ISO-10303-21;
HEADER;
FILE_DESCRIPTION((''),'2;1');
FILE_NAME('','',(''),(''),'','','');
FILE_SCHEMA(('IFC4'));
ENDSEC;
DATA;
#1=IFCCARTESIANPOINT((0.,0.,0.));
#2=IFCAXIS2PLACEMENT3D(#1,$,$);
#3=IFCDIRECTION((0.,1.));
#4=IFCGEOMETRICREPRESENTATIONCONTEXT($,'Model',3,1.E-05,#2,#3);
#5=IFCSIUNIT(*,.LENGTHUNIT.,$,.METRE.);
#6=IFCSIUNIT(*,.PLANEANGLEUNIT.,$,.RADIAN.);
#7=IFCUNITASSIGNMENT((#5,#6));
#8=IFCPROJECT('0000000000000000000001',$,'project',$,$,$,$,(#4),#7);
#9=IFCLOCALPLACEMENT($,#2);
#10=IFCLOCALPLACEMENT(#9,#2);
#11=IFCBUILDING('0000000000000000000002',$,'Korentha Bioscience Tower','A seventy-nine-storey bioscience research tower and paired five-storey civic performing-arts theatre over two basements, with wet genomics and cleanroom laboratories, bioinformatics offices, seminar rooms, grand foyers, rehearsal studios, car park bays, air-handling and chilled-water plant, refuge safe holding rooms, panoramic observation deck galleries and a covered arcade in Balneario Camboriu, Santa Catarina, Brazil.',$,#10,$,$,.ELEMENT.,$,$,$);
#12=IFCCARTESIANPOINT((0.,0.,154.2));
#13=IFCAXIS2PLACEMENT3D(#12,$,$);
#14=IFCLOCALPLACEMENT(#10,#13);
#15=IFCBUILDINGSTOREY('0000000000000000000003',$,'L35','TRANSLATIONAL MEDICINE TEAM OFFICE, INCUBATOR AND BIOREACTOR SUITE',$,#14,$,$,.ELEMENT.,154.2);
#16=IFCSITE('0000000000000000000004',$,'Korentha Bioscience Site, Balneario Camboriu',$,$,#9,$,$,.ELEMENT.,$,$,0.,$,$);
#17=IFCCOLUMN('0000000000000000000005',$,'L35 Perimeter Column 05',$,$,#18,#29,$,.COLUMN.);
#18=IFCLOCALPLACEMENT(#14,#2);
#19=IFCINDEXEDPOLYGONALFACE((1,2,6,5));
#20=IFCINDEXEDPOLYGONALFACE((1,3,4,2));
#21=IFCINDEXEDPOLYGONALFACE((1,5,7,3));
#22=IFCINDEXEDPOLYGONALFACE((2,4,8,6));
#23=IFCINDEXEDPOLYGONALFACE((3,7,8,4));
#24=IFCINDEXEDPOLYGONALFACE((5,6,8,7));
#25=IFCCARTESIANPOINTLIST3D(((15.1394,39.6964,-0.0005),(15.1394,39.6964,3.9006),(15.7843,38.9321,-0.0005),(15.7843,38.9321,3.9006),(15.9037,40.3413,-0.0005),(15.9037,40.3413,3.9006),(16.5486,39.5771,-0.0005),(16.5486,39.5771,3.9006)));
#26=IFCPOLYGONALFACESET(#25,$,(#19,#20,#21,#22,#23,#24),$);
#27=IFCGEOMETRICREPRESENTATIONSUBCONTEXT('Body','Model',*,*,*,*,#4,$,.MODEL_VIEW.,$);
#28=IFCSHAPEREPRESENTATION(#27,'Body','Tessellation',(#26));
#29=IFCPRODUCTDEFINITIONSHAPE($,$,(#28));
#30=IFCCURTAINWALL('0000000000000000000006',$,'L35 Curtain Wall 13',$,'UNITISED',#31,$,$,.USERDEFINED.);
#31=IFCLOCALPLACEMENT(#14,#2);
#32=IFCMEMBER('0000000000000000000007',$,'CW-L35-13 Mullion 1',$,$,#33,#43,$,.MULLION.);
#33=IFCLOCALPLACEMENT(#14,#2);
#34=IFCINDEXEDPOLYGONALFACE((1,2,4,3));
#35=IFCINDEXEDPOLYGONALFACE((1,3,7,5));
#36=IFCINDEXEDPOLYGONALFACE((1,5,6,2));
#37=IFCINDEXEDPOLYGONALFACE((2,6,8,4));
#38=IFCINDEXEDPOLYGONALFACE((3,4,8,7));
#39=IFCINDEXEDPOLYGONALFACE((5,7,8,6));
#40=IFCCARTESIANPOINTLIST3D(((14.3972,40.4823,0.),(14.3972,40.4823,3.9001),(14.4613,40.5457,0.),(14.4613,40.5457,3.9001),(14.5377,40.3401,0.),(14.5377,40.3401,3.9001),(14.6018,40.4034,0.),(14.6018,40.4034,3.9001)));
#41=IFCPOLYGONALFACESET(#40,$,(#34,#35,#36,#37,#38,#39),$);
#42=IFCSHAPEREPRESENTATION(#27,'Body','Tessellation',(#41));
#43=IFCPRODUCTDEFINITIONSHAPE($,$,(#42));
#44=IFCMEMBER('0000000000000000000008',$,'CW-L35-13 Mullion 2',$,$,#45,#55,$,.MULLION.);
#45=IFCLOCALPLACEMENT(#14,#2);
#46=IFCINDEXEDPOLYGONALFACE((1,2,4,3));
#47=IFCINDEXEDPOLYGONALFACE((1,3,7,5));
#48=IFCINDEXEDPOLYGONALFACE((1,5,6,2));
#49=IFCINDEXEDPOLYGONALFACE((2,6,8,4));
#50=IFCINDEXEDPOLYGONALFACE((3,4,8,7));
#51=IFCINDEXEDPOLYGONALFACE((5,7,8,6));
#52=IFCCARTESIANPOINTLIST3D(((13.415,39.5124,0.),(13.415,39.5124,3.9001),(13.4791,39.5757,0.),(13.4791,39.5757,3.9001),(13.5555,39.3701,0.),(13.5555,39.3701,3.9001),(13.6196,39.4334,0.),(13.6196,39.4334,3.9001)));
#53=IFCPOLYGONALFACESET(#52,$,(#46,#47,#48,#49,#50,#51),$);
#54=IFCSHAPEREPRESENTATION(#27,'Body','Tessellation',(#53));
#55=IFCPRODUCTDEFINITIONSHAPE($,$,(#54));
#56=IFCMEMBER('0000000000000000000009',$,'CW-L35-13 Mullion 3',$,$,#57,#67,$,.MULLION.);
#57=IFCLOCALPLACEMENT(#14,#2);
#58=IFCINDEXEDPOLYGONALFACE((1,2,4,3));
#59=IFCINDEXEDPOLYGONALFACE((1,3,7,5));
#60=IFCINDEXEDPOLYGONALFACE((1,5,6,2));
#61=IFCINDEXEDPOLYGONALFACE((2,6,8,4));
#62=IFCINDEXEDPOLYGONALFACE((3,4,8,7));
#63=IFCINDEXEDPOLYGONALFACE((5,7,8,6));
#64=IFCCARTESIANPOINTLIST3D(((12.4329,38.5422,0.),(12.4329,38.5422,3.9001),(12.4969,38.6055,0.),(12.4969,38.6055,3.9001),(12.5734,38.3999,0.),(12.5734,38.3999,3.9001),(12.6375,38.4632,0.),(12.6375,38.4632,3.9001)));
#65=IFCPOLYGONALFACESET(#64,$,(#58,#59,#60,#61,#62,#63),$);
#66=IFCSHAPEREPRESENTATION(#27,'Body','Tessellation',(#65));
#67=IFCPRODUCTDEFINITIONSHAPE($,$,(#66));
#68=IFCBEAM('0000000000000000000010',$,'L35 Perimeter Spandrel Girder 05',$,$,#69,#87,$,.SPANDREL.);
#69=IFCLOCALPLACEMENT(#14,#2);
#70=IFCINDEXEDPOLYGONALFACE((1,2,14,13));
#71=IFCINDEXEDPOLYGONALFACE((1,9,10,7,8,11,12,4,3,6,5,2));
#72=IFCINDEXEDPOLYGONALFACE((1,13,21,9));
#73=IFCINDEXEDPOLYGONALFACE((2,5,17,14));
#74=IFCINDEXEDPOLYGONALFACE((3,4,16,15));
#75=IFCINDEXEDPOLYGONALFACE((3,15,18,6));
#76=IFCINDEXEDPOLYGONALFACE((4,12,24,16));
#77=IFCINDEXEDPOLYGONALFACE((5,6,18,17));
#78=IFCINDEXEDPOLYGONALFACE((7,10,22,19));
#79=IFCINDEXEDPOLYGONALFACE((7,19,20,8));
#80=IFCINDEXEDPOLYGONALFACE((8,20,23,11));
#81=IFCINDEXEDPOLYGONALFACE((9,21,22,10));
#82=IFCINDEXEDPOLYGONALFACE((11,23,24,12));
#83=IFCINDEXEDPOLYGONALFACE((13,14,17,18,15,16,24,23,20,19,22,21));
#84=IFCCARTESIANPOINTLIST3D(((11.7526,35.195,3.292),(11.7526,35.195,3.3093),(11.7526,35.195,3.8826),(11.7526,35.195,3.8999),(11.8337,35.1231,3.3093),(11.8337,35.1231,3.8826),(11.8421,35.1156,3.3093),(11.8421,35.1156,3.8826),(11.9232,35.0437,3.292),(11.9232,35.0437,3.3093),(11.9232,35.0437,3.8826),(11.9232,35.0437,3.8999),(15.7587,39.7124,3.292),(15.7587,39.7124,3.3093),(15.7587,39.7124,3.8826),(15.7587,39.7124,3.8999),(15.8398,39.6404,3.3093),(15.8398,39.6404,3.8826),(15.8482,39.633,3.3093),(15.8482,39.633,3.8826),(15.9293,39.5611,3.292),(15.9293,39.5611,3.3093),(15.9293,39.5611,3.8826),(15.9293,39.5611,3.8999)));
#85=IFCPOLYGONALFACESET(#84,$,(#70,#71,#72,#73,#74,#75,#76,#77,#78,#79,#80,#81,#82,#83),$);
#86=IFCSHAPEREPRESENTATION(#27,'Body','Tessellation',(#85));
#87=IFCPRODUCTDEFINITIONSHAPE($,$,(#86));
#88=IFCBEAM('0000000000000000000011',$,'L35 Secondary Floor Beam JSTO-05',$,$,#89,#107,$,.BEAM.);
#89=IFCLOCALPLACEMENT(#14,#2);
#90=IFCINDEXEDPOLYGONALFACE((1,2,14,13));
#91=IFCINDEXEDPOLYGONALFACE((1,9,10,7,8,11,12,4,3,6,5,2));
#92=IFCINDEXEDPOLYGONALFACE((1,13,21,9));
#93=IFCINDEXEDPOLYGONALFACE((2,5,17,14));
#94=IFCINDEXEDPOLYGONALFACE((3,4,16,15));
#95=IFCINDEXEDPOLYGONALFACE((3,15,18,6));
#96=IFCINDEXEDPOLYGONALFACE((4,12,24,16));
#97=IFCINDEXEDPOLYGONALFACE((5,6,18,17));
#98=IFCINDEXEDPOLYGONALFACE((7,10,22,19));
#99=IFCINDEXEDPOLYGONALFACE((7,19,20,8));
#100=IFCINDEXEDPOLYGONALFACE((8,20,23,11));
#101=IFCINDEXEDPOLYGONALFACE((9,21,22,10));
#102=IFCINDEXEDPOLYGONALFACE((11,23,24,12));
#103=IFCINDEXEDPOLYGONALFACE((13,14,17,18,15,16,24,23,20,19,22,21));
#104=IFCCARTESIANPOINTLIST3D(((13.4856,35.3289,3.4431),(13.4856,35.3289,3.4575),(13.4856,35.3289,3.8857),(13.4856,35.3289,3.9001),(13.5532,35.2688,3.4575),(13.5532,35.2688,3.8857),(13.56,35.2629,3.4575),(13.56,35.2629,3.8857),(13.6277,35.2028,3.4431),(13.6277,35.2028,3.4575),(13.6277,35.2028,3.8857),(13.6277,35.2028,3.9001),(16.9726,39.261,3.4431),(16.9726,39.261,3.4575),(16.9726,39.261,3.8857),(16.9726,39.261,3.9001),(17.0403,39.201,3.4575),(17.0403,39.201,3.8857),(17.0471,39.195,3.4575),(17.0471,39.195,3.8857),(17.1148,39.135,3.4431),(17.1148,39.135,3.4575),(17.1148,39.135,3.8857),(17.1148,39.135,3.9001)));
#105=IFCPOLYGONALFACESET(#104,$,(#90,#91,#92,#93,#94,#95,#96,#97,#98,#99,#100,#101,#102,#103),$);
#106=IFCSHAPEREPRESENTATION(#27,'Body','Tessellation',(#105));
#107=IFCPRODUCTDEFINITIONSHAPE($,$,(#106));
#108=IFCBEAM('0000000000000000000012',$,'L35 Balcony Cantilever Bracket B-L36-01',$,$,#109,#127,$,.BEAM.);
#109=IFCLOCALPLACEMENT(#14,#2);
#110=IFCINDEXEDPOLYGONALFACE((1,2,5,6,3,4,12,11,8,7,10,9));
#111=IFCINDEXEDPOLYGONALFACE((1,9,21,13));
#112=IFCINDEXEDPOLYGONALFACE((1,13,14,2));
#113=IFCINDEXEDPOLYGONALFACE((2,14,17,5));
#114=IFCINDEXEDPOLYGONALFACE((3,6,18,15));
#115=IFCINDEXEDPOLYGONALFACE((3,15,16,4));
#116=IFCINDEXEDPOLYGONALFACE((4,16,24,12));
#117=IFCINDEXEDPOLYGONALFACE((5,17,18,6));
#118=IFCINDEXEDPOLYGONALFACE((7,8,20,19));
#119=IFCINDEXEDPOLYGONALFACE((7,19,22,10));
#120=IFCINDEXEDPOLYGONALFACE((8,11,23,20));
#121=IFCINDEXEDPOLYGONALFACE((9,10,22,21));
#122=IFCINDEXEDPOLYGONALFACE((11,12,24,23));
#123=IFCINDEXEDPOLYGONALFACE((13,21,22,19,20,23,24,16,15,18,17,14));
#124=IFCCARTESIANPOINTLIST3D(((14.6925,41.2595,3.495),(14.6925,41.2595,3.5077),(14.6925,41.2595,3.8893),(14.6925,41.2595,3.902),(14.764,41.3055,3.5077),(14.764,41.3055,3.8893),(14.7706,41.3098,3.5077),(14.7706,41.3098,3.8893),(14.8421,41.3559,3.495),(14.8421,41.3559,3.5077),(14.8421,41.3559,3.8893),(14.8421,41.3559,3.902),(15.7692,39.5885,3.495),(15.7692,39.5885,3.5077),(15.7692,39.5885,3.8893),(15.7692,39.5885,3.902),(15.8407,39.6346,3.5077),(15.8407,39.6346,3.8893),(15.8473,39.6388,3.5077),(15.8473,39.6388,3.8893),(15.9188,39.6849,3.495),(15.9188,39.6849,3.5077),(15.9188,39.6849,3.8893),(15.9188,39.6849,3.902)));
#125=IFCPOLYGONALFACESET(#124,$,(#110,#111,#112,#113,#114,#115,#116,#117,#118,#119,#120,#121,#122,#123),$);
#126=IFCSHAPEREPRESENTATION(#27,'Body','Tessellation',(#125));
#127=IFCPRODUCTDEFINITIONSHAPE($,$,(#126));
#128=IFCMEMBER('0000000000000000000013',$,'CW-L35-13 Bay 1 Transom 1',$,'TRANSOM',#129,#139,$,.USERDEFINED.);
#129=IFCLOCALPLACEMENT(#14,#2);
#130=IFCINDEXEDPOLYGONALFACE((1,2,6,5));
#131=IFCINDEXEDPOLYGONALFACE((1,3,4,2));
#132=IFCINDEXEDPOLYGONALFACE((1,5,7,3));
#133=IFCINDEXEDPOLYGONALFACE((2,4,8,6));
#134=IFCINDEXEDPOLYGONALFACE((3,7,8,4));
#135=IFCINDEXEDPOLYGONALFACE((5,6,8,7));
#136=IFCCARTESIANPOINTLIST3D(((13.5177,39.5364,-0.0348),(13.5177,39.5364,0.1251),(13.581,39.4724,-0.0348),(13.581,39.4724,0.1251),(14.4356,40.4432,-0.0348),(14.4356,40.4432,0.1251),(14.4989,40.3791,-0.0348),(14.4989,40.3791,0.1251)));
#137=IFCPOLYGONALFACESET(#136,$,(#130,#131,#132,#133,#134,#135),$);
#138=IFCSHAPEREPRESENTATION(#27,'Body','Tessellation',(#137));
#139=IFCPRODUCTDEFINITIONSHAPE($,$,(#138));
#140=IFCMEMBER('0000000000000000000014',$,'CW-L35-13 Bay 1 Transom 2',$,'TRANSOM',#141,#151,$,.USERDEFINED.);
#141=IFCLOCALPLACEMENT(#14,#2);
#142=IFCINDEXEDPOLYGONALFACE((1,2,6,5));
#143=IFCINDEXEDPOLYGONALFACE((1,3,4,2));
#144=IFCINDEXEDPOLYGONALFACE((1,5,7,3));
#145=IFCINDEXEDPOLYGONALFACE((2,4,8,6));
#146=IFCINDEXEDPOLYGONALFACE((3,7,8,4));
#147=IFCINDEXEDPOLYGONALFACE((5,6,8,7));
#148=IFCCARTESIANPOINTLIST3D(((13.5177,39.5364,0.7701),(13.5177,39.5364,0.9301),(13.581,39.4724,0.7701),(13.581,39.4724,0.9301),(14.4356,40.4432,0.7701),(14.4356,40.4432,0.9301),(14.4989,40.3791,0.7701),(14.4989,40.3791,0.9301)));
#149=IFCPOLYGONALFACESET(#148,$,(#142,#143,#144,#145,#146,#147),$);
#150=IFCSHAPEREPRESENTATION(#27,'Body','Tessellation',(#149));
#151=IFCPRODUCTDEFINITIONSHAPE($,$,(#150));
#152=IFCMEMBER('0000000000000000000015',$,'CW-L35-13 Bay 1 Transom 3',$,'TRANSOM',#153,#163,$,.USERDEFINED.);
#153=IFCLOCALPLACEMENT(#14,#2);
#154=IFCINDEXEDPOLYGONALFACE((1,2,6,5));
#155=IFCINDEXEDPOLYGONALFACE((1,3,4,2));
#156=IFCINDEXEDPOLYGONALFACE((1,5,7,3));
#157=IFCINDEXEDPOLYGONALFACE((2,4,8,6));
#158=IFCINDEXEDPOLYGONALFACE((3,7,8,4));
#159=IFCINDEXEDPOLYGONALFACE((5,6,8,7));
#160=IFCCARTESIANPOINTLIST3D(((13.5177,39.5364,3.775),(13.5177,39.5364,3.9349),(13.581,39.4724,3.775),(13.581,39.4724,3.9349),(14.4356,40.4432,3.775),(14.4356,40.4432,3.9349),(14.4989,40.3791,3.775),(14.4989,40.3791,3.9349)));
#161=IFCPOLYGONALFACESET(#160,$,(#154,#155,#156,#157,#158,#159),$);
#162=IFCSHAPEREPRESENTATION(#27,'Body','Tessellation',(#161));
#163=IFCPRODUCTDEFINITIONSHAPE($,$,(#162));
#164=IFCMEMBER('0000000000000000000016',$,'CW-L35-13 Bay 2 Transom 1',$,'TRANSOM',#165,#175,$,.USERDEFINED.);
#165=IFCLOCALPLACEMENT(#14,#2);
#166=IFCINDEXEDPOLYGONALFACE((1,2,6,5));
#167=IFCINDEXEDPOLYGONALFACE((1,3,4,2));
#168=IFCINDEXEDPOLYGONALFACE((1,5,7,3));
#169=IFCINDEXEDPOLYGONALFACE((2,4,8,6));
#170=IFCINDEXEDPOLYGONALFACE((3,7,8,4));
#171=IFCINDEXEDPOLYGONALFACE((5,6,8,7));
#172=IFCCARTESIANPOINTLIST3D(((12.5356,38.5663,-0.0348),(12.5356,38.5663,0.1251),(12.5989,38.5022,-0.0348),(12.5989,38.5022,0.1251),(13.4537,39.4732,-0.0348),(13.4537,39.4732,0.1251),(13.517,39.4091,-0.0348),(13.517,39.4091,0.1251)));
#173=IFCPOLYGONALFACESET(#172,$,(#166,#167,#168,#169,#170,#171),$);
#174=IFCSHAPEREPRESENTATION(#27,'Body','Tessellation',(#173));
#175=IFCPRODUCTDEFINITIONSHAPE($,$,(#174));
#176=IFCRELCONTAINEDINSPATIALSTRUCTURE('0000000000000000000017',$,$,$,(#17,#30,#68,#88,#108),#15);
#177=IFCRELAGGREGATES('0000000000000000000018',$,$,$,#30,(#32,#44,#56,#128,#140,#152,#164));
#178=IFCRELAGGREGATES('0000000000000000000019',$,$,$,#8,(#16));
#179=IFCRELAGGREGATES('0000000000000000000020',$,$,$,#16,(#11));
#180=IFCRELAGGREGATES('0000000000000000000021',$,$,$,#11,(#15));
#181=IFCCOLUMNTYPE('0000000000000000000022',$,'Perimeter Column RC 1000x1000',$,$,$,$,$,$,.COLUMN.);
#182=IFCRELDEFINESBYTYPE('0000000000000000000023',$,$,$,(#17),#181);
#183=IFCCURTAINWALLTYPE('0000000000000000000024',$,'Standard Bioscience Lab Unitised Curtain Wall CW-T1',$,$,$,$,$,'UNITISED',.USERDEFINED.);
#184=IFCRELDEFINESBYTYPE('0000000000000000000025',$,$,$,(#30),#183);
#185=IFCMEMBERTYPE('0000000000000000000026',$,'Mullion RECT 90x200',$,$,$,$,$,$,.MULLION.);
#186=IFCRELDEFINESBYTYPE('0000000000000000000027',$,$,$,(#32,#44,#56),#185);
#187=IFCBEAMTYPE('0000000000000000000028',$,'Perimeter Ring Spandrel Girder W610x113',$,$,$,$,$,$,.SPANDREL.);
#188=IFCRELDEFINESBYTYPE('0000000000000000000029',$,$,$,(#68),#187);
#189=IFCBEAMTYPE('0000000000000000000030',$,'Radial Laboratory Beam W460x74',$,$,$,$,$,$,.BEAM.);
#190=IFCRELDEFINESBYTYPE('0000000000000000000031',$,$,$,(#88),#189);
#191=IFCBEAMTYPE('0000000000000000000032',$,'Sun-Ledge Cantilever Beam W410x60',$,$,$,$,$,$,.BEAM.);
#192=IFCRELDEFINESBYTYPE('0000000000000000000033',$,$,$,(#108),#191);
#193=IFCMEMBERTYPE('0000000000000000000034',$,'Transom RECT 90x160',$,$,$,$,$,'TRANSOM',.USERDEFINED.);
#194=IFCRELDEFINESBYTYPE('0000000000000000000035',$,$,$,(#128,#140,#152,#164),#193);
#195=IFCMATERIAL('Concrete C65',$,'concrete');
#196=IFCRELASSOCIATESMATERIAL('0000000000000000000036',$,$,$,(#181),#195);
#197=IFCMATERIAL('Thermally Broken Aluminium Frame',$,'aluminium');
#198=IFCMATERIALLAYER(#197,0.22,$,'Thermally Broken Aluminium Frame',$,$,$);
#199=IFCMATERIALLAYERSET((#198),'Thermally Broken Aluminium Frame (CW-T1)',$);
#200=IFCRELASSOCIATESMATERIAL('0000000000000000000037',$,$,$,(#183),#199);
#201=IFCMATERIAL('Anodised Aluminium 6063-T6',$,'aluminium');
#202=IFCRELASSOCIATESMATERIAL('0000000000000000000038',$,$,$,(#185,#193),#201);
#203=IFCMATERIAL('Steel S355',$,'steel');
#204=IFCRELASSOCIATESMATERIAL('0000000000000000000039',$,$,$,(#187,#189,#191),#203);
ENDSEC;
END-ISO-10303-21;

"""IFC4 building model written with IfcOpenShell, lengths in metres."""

from ifc_helpers import new_model, si_unit, direction, frame, origin, origin_2d, place, context, subcontext, project, spatial, rectangle, i_section, extrude, material, layer, layer_set, material_profile, profile_set, type_object, element, aggregate, save


model = new_model("IFC4")

# Units and contexts
model_context = context("Model", 3, precision=1e-05, world=origin(), true_north=direction((0.0, 1.0)))
body_context = subcontext(model_context, "Body", "Model", "MODEL_VIEW")
ifc_project = project(units=[si_unit("LENGTHUNIT", "METRE"), si_unit("PLANEANGLEUNIT", "RADIAN")], contexts=[model_context])

# Site, building, storey
site_placement = place(None, origin())
site = spatial("IfcSite", under=ifc_project, at=site_placement, Name="Korentha Bioscience Site, Balneario Camboriu", CompositionType="ELEMENT", RefElevation=0.0)
building_placement = place(site_placement, origin())
building = spatial("IfcBuilding", under=site, at=building_placement, Name="Korentha Bioscience Tower", Description="A seventy-nine-storey bioscience research tower and paired five-storey civic performing-arts theatre over two basements, with wet genomics and cleanroom laboratories, bioinformatics offices, seminar rooms, grand foyers, rehearsal studios, car park bays, air-handling and chilled-water plant, refuge safe holding rooms, panoramic observation deck galleries and a covered arcade in Balneario Camboriu, Santa Catarina, Brazil.", CompositionType="ELEMENT")
storey_placement = place(building_placement, frame((0.0, 0.0, 154.2)))
storey = spatial("IfcBuildingStorey", under=building, at=storey_placement, Name="L35", Description="TRANSLATIONAL MEDICINE TEAM OFFICE, INCUBATOR AND BIOREACTOR SUITE", CompositionType="ELEMENT", Elevation=154.2)

# Column
ifc_material_1 = material(Name="Concrete C65", Category="concrete")
ifc_material_profile_1 = material_profile(ifc_material_1, rectangle(XDim=1.0, YDim=1.0, at=origin_2d()), Name="Concrete C65")
ifc_profile_set_1 = profile_set([ifc_material_profile_1], Name="Concrete C65 (COL-P10)")
column_type = type_object("IfcColumnType", Name="Perimeter Column RC 1000x1000", PredefinedType="COLUMN", material=ifc_profile_set_1)
column_placement = place(storey_placement, frame((15.844, 39.6367, -0.0005), z_axis=(0.0, 0.0, 1.0), x_axis=(0.764246, 0.644924, 0.0)))
element("IfcColumn", 1, at=column_placement, inside=storey, type_object=column_type, Name="L35 Perimeter Column 05", PredefinedType="COLUMN", context=body_context, shape_type="SweptSolid", body=[
    extrude(rectangle(XDim=1.0, YDim=1.0, at=origin_2d()), origin(), (0.0, 0.0, 1.0), 3.9011),
])

# Curtain wall, members
ifc_material_2 = material(Name="Thermally Broken Aluminium Frame", Category="aluminium")
ifc_layer_1 = layer(ifc_material_2, 0.22, Name="Thermally Broken Aluminium Frame")
ifc_layer_set_1 = layer_set([ifc_layer_1], Name="Thermally Broken Aluminium Frame (CW-T1)")
curtain_wall_type = type_object("IfcCurtainWallType", Name="Standard Bioscience Lab Unitised Curtain Wall CW-T1", ElementType="UNITISED", PredefinedType="USERDEFINED", material=ifc_layer_set_1)
curtain_wall_placement = place(storey_placement, origin())
curtain_wall = element("IfcCurtainWall", 2, at=curtain_wall_placement, inside=storey, type_object=curtain_wall_type, Name="L35 Curtain Wall 13", ObjectType="UNITISED", PredefinedType="USERDEFINED")
ifc_material_3 = material(Name="Anodised Aluminium 6063-T6", Category="aluminium")
ifc_material_profile_2 = material_profile(ifc_material_3, rectangle(XDim=0.0901, YDim=0.2, at=origin_2d()), Name="Anodised Aluminium 6063-T6")
ifc_profile_set_2 = profile_set([ifc_material_profile_2], Name="Anodised Aluminium 6063-T6 (CW-MUL)")
member_type_1 = type_object("IfcMemberType", Name="Mullion RECT 90x200", PredefinedType="MULLION", material=ifc_profile_set_2)
member_1_placement = place(storey_placement, frame((14.4995, 40.4429, 0.0), z_axis=(0.0, 0.0, 1.0), x_axis=(-0.711461, -0.702726, 0.0)))
member_1 = element("IfcMember", 3, at=member_1_placement, type_object=member_type_1, Name="CW-L35-13 Mullion 1", PredefinedType="MULLION", context=body_context, shape_type="SweptSolid", body=[
    extrude(rectangle(XDim=0.0901, YDim=0.2, at=origin_2d()), origin(), (0.0, 0.0, 1.0), 3.9001),
])
member_2_placement = place(storey_placement, frame((13.5173, 39.4729, 0.0), z_axis=(0.0, 0.0, 1.0), x_axis=(-0.711461, -0.702726, 0.0)))
member_2 = element("IfcMember", 4, at=member_2_placement, type_object=member_type_1, Name="CW-L35-13 Mullion 2", PredefinedType="MULLION", context=body_context, shape_type="SweptSolid", body=[
    extrude(rectangle(XDim=0.0901, YDim=0.2, at=origin_2d()), origin(), (0.0, 0.0, 1.0), 3.9001),
])
member_3_placement = place(storey_placement, frame((12.5352, 38.5027, 0.0), z_axis=(0.0, 0.0, 1.0), x_axis=(-0.711461, -0.702726, 0.0)))
member_3 = element("IfcMember", 5, at=member_3_placement, type_object=member_type_1, Name="CW-L35-13 Mullion 3", PredefinedType="MULLION", context=body_context, shape_type="SweptSolid", body=[
    extrude(rectangle(XDim=0.0901, YDim=0.2, at=origin_2d()), origin(), (0.0, 0.0, 1.0), 3.9001),
])

# Beams
ifc_material_4 = material(Name="Steel S355", Category="steel")
ifc_material_profile_3 = material_profile(ifc_material_4, i_section(OverallWidth=0.228, OverallDepth=0.6079, WebThickness=0.0112, FlangeThickness=0.0173, at=origin_2d()), Name="Steel S355")
ifc_profile_set_3 = profile_set([ifc_material_profile_3], Name="Steel S355 (SB-610)")
beam_type_1 = type_object("IfcBeamType", Name="Perimeter Ring Spandrel Girder W610x113", PredefinedType="SPANDREL", material=ifc_profile_set_3)
beam_1_placement = place(storey_placement, frame((15.844, 39.6367, 3.5959), z_axis=(-0.663503, -0.748174, 0.0), x_axis=(0.748174, -0.663503, 0.0)))
element("IfcBeam", 6, at=beam_1_placement, inside=storey, type_object=beam_type_1, Name="L35 Perimeter Spandrel Girder 05", PredefinedType="SPANDREL", context=body_context, shape_type="SweptSolid", body=[
    extrude(i_section(OverallWidth=0.228, OverallDepth=0.6079, WebThickness=0.0112, FlangeThickness=0.0173, at=origin_2d()), origin(), (0.0, 0.0, 1.0), 6.0378),
])
ifc_material_profile_4 = material_profile(ifc_material_4, i_section(OverallWidth=0.1899, OverallDepth=0.457, WebThickness=0.009, FlangeThickness=0.0144, at=origin_2d()), Name="Steel S355")
ifc_profile_set_4 = profile_set([ifc_material_profile_4], Name="Steel S355 (RB-460)")
beam_type_2 = type_object("IfcBeamType", Name="Radial Laboratory Beam W460x74", PredefinedType="BEAM", material=ifc_profile_set_4)
beam_2_placement = place(storey_placement, frame((17.0437, 39.198, 3.6716), z_axis=(-0.663496, -0.74818, 0.0), x_axis=(0.74818, -0.663496, 0.0)))
element("IfcBeam", 7, at=beam_2_placement, inside=storey, type_object=beam_type_2, Name="L35 Secondary Floor Beam JSTO-05", PredefinedType="BEAM", context=body_context, shape_type="SweptSolid", body=[
    extrude(i_section(OverallWidth=0.1899, OverallDepth=0.457, WebThickness=0.009, FlangeThickness=0.0144, at=origin_2d()), origin(), (0.0, 0.0, 1.0), 5.2556),
])
ifc_material_profile_5 = material_profile(ifc_material_4, i_section(OverallWidth=0.178, OverallDepth=0.407, WebThickness=0.0078, FlangeThickness=0.0127, at=origin_2d()), Name="Steel S355")
ifc_profile_set_5 = profile_set([ifc_material_profile_5], Name="Steel S355 (CB-410)")
beam_type_3 = type_object("IfcBeamType", Name="Sun-Ledge Cantilever Beam W410x60", PredefinedType="BEAM", material=ifc_profile_set_5)
beam_3_placement = place(storey_placement, frame((15.844, 39.6367, 3.6985), z_axis=(-0.541651, 0.840603, 0.0), x_axis=(-0.840603, -0.541651, 0.0)))
element("IfcBeam", 8, at=beam_3_placement, inside=storey, type_object=beam_type_3, Name="L35 Balcony Cantilever Bracket B-L36-01", PredefinedType="BEAM", context=body_context, shape_type="SweptSolid", body=[
    extrude(i_section(OverallWidth=0.178, OverallDepth=0.407, WebThickness=0.0078, FlangeThickness=0.0127, at=origin_2d()), origin(), (0.0, 0.0, 1.0), 1.9878),
])

# Members
ifc_material_profile_6 = material_profile(ifc_material_3, rectangle(XDim=0.0901, YDim=0.1599, at=origin_2d()), Name="Anodised Aluminium 6063-T6")
ifc_profile_set_6 = profile_set([ifc_material_profile_6], Name="Anodised Aluminium 6063-T6 (CW-TRN)")
member_type_2 = type_object("IfcMemberType", Name="Transom RECT 90x160", ElementType="TRANSOM", PredefinedType="USERDEFINED", material=ifc_profile_set_6)
member_4_placement = place(storey_placement, frame((14.4673, 40.4111, 0.0452), z_axis=(-0.711445, -0.702741, 0.0), x_axis=(0.702741, -0.711445, 0.0)))
member_4 = element("IfcMember", 9, at=member_4_placement, type_object=member_type_2, Name="CW-L35-13 Bay 1 Transom 1", ObjectType="TRANSOM", PredefinedType="USERDEFINED", context=body_context, shape_type="SweptSolid", body=[
    extrude(rectangle(XDim=0.0901, YDim=0.1599, at=origin_2d()), origin(), (0.0, 0.0, 1.0), 1.2903),
])
member_5_placement = place(storey_placement, frame((14.4673, 40.4111, 0.8501), z_axis=(-0.711445, -0.702741, 0.0), x_axis=(0.702741, -0.711445, 0.0)))
member_5 = element("IfcMember", 10, at=member_5_placement, type_object=member_type_2, Name="CW-L35-13 Bay 1 Transom 2", ObjectType="TRANSOM", PredefinedType="USERDEFINED", context=body_context, shape_type="SweptSolid", body=[
    extrude(rectangle(XDim=0.0901, YDim=0.1599, at=origin_2d()), origin(), (0.0, 0.0, 1.0), 1.2903),
])
member_6_placement = place(storey_placement, frame((14.4673, 40.4111, 3.855), z_axis=(-0.711445, -0.702741, 0.0), x_axis=(0.702741, -0.711445, 0.0)))
member_6 = element("IfcMember", 11, at=member_6_placement, type_object=member_type_2, Name="CW-L35-13 Bay 1 Transom 3", ObjectType="TRANSOM", PredefinedType="USERDEFINED", context=body_context, shape_type="SweptSolid", body=[
    extrude(rectangle(XDim=0.0901, YDim=0.1599, at=origin_2d()), origin(), (0.0, 0.0, 1.0), 1.2903),
])
member_7_placement = place(storey_placement, frame((13.4854, 39.4412, 0.0452), z_axis=(-0.711444, -0.702743, 0.0), x_axis=(0.702743, -0.711444, 0.0)))
member_7 = element("IfcMember", 12, at=member_7_placement, type_object=member_type_2, Name="CW-L35-13 Bay 2 Transom 1", ObjectType="TRANSOM", PredefinedType="USERDEFINED", context=body_context, shape_type="SweptSolid", body=[
    extrude(rectangle(XDim=0.0901, YDim=0.1599, at=origin_2d()), origin(), (0.0, 0.0, 1.0), 1.2905),
])

aggregate(curtain_wall, [member_1, member_2, member_3, member_4, member_5, member_6, member_7])

save(model, "model.ifc")
